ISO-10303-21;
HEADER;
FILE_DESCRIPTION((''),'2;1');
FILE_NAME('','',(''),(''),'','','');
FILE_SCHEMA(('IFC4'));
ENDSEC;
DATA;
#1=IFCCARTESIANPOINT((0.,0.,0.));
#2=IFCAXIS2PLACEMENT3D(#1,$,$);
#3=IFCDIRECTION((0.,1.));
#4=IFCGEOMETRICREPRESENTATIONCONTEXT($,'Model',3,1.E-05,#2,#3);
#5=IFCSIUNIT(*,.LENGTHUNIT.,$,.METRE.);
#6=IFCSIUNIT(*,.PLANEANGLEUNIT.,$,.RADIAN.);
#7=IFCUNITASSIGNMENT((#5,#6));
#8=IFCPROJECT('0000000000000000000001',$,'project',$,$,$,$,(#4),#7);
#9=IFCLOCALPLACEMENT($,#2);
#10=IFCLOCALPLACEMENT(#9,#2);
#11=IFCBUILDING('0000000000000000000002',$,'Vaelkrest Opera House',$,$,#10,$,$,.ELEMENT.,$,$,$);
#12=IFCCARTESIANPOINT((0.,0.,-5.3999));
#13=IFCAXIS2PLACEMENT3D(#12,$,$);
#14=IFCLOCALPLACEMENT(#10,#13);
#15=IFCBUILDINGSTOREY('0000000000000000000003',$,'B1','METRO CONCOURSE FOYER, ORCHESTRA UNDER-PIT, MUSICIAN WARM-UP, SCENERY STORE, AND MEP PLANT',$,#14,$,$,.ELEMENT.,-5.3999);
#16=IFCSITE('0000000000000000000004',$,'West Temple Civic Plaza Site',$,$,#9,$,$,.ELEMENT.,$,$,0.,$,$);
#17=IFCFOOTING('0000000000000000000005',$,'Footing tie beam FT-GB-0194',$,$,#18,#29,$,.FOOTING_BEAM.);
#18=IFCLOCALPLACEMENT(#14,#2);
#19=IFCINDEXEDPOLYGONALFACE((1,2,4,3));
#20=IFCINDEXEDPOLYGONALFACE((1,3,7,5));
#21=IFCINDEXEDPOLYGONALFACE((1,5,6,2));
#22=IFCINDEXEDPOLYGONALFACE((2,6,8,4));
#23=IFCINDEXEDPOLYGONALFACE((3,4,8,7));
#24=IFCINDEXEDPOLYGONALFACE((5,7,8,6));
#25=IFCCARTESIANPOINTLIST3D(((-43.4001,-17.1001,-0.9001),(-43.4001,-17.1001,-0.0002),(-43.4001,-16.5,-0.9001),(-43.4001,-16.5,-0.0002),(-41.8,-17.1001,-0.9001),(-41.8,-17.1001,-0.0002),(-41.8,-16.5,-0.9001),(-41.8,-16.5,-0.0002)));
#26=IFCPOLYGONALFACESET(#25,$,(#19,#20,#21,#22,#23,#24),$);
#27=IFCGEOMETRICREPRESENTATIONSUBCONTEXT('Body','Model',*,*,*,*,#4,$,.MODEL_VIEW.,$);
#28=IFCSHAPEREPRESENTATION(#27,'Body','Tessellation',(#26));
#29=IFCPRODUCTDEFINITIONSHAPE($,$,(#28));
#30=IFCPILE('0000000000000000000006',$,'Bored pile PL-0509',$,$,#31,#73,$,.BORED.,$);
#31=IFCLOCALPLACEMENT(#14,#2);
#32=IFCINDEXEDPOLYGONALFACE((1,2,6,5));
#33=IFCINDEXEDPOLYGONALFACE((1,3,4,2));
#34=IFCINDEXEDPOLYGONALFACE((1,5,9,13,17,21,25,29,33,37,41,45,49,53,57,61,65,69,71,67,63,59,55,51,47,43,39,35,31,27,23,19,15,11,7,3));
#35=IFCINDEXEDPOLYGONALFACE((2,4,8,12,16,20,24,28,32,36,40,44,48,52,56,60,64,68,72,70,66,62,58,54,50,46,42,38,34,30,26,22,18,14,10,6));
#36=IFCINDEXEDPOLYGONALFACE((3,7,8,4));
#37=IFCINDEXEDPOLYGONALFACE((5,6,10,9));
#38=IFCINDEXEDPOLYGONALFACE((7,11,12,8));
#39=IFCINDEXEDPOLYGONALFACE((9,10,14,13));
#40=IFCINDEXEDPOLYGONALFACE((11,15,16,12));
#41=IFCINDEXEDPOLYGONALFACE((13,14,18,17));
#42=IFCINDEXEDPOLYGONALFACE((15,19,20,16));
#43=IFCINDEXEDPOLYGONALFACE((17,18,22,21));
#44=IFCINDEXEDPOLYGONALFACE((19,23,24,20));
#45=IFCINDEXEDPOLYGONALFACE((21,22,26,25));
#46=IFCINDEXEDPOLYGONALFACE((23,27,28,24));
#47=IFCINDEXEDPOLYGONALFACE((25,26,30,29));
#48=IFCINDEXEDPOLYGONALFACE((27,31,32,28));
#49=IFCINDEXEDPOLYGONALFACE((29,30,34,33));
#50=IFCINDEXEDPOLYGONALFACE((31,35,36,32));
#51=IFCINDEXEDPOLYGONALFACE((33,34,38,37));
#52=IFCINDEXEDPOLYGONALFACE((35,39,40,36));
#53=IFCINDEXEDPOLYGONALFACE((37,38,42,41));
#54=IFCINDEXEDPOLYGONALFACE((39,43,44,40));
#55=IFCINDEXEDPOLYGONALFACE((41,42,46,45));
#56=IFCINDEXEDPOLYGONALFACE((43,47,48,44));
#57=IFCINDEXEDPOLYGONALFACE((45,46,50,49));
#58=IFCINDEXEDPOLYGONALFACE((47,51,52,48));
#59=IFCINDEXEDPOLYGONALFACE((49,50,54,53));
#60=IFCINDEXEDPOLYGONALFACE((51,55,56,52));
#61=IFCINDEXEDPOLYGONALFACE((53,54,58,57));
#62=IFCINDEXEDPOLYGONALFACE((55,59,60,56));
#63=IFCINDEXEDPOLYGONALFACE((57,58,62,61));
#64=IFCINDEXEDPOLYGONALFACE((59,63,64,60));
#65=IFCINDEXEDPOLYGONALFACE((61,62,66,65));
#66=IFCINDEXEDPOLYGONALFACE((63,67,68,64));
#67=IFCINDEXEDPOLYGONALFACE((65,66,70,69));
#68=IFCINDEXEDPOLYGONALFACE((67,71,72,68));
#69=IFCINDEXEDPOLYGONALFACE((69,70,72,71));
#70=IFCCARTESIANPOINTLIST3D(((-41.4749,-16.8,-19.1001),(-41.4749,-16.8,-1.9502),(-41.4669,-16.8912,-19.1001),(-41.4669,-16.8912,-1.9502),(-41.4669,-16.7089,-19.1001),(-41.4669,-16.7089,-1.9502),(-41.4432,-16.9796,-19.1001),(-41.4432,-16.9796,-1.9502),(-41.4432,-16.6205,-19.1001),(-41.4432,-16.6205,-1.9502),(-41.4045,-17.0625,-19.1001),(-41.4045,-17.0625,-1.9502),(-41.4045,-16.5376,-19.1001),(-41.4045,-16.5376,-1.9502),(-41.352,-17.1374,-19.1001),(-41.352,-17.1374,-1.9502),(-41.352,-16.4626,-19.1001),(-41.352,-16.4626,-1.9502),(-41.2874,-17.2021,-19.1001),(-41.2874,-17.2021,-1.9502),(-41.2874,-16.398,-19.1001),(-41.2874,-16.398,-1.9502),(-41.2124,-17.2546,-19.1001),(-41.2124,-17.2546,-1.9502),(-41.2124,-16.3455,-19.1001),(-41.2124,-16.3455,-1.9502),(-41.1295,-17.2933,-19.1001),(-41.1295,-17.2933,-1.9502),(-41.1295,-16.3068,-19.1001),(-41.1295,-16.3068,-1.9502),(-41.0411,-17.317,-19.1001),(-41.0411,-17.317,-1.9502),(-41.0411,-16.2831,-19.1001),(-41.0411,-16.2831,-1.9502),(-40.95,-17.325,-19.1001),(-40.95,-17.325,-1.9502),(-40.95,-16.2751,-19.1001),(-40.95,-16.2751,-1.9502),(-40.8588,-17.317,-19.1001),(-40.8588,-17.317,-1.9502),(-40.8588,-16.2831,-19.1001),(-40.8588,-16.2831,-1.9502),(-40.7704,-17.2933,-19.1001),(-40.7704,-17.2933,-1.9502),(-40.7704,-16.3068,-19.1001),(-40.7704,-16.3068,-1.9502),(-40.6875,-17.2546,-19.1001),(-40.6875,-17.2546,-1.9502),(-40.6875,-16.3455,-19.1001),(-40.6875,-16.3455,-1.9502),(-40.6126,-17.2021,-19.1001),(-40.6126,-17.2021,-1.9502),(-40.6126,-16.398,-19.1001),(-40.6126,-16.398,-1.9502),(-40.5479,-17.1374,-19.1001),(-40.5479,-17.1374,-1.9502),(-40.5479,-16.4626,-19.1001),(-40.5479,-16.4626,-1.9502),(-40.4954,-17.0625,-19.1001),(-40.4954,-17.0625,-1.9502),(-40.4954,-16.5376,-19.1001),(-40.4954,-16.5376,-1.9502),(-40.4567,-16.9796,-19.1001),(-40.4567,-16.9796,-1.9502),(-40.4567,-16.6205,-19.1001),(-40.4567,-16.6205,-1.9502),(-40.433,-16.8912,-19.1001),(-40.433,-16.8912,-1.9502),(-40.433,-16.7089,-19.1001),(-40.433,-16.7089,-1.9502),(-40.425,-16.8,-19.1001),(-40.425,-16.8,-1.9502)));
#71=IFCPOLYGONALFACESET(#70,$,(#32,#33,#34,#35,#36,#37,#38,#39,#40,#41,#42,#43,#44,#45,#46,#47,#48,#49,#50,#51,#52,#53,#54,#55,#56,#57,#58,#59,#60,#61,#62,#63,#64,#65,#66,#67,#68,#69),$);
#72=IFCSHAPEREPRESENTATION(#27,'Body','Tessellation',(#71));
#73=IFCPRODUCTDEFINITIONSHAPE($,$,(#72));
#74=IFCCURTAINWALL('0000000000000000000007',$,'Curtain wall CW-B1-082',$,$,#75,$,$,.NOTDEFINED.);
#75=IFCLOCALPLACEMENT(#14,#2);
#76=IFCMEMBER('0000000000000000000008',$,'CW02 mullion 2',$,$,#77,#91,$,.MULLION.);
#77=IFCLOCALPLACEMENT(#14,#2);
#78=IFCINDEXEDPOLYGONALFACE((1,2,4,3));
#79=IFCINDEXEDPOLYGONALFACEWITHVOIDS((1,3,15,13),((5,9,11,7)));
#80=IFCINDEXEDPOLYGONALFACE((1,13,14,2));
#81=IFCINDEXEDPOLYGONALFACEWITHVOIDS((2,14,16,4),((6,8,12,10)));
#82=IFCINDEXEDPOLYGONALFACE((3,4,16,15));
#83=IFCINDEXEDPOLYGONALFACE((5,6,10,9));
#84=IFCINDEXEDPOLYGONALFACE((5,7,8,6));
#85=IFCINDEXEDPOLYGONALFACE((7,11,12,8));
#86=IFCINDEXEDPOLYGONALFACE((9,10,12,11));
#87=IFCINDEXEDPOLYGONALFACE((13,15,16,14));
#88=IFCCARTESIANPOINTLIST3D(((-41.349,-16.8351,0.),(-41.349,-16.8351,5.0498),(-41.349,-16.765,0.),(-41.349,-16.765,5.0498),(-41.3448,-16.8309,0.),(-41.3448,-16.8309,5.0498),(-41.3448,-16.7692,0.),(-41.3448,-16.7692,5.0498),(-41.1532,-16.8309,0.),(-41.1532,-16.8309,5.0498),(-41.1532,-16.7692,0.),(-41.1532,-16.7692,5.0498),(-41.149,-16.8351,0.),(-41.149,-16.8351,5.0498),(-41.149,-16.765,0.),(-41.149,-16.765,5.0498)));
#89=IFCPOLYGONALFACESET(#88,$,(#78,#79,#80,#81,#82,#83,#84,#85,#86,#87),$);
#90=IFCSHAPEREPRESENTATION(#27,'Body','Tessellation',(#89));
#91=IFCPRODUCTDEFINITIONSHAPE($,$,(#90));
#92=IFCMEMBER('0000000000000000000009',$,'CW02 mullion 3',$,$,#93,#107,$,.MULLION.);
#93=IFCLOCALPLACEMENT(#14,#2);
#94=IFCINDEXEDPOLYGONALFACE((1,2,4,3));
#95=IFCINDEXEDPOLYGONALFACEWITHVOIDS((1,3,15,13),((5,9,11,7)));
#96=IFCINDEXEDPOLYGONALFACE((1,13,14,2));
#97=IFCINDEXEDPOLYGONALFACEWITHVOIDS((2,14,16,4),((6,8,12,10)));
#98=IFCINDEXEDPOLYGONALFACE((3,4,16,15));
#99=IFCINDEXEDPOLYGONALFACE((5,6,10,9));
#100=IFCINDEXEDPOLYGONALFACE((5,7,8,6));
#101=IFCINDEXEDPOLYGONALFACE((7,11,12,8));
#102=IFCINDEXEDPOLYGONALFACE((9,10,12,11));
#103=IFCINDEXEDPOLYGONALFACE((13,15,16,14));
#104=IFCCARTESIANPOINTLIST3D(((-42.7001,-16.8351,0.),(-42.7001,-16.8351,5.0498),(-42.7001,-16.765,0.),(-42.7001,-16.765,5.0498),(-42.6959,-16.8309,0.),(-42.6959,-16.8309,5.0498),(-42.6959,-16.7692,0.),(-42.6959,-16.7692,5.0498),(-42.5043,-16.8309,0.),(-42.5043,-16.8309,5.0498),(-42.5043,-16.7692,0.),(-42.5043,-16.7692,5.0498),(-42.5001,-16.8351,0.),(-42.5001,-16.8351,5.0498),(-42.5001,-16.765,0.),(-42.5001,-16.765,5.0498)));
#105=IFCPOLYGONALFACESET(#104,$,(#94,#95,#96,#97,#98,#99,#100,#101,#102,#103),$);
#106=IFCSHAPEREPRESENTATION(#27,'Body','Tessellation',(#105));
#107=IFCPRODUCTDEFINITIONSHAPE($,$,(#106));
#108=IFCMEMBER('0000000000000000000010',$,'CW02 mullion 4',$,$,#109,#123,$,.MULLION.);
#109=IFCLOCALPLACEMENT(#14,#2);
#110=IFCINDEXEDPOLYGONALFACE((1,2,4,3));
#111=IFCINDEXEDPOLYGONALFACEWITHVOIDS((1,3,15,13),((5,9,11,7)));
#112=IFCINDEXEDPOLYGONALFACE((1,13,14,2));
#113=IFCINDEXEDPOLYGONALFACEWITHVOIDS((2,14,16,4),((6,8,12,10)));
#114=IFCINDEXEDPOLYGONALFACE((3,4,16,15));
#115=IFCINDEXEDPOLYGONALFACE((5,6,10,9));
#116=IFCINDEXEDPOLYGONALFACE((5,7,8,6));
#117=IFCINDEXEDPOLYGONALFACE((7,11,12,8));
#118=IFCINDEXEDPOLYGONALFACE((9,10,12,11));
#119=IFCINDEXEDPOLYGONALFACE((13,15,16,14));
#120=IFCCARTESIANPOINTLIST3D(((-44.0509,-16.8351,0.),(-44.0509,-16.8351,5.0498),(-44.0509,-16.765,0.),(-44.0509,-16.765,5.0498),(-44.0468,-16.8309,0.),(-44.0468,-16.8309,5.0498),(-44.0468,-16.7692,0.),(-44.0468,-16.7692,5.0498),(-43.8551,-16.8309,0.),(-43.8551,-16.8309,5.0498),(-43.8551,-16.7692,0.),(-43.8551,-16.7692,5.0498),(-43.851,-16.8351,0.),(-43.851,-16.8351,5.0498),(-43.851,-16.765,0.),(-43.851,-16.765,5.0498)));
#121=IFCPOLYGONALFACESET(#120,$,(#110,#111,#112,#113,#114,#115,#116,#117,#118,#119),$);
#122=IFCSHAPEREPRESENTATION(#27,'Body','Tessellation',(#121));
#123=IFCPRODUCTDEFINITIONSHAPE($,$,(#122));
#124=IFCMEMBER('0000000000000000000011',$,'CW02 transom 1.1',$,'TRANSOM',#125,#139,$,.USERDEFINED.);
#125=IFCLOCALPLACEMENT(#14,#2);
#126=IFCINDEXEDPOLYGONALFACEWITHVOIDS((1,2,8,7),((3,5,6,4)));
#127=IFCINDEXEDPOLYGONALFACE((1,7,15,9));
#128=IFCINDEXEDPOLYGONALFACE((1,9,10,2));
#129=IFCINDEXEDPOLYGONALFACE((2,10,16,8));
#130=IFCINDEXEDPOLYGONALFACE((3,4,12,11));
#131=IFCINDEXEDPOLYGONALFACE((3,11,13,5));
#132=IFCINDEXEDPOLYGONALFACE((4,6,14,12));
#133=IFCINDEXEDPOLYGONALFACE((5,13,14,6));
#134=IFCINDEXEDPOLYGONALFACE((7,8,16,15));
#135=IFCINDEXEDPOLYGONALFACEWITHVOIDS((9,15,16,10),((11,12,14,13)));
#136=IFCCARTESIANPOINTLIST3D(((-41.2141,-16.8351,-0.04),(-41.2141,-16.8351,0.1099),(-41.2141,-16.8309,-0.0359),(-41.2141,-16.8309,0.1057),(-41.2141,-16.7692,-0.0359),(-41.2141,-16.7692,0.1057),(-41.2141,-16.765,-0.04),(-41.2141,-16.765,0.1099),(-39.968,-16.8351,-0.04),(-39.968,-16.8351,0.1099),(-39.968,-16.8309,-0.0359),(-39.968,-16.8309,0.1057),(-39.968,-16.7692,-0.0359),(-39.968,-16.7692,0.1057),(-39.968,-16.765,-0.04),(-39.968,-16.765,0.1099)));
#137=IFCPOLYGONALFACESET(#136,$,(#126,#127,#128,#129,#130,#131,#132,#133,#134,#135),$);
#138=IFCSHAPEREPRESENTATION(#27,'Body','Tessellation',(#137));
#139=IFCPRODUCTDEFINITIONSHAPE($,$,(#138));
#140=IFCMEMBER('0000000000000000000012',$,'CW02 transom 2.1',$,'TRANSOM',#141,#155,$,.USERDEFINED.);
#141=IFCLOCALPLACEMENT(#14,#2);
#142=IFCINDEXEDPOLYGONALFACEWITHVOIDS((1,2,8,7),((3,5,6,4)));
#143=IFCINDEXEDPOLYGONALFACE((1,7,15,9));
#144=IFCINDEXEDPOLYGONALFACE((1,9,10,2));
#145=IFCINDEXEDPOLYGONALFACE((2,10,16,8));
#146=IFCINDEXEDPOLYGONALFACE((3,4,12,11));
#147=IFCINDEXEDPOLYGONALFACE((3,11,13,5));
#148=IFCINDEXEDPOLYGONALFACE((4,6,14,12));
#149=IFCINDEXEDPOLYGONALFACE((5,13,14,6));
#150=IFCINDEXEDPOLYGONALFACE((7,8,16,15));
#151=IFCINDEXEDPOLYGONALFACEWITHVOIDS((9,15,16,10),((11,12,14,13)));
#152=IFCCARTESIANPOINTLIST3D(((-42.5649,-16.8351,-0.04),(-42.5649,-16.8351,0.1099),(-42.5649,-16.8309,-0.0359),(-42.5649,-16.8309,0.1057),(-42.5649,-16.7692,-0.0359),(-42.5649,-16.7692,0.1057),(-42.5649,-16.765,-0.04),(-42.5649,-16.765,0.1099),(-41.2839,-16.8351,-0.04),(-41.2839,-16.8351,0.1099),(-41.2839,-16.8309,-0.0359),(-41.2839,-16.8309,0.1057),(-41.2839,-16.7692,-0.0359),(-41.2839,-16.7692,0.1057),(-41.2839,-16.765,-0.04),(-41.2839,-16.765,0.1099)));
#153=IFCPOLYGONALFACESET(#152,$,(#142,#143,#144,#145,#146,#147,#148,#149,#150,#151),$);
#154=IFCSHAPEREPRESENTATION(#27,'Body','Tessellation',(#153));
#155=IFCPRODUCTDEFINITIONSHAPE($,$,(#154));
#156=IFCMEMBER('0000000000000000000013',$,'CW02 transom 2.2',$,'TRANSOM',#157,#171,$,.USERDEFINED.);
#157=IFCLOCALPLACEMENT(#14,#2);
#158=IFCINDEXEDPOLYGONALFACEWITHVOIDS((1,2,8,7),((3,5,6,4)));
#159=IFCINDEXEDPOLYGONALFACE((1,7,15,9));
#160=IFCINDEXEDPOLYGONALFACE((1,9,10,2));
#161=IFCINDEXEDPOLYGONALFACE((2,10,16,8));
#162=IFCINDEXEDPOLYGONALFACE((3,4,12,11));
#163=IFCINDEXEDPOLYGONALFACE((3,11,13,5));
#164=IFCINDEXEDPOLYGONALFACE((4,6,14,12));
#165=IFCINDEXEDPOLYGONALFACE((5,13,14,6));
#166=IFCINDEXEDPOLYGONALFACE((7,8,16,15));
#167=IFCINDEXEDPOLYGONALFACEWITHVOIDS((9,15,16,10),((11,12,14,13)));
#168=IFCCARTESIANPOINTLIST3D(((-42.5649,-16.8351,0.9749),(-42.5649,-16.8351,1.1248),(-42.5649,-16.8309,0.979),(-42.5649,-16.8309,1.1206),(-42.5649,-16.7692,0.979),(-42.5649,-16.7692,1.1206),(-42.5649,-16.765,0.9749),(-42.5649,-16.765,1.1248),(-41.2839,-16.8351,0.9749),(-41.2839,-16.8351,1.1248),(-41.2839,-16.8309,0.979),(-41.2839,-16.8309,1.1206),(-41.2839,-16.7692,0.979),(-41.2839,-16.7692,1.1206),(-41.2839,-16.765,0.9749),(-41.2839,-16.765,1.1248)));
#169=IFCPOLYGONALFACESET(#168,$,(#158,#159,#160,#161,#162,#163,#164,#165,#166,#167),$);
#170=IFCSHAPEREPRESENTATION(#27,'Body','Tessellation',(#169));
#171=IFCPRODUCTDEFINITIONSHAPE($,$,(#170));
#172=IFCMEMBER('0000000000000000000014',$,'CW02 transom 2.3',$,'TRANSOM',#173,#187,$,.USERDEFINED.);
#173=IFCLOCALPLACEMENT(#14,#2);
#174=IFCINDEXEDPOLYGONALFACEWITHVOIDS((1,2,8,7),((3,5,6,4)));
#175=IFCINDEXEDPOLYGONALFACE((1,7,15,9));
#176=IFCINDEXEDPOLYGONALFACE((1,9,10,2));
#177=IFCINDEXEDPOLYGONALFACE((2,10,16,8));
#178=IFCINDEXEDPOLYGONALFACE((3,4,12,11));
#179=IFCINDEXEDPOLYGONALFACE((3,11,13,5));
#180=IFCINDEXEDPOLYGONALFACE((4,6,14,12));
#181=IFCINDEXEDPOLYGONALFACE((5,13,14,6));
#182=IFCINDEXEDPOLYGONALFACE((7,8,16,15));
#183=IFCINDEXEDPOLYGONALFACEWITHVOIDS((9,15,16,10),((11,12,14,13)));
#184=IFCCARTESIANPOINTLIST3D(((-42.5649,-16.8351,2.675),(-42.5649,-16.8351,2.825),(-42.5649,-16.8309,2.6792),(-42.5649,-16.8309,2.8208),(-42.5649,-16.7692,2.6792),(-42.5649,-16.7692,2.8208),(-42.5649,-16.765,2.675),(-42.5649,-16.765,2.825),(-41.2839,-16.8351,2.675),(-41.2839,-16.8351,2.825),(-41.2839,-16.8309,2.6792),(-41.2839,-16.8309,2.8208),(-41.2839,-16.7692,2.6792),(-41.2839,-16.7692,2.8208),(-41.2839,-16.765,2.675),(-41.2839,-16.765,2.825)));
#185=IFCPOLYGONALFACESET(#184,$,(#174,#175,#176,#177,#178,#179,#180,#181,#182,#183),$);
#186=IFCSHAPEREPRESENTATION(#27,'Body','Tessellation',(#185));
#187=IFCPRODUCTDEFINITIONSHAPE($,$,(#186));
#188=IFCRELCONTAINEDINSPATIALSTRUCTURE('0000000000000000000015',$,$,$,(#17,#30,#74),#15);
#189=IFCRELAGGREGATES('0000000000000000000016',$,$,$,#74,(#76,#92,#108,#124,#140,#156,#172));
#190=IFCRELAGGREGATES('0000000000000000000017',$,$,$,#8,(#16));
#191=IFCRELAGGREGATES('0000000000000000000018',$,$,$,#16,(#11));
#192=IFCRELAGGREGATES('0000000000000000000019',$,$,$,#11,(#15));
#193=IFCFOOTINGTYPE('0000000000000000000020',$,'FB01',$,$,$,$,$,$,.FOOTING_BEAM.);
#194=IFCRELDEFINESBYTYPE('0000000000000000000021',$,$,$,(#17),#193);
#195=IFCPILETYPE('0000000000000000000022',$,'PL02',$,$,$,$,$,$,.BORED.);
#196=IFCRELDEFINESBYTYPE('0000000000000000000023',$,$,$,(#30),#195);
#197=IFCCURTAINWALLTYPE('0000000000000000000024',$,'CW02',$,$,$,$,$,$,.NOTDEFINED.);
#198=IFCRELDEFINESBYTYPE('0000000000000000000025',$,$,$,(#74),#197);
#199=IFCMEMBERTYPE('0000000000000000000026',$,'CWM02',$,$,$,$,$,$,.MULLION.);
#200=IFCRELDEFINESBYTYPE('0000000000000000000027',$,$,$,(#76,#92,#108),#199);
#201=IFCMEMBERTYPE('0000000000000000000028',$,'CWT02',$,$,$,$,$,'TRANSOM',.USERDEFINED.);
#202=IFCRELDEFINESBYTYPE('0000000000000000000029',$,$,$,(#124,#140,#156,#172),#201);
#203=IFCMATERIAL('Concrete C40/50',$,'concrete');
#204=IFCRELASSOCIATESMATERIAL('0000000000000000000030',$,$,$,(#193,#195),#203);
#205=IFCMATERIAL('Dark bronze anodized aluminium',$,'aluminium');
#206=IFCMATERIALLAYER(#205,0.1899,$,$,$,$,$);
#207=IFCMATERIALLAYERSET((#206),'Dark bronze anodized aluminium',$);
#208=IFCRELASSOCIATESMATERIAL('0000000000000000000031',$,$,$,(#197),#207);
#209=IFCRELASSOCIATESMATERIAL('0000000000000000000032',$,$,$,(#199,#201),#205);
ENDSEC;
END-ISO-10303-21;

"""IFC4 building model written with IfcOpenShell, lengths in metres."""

from ifc_helpers import new_model, si_unit, direction, frame, origin, origin_2d, place, context, subcontext, project, spatial, rectangle, hollow_rectangle, circle, extrude, material, layer, layer_set, material_profile, profile_set, type_object, element, aggregate, save


model = new_model("IFC4")

# Units and contexts
model_context = context("Model", 3, precision=1e-05, world=origin(), true_north=direction((0.0, 1.0)))
body_context = subcontext(model_context, "Body", "Model", "MODEL_VIEW")
ifc_project = project(units=[si_unit("LENGTHUNIT", "METRE"), si_unit("PLANEANGLEUNIT", "RADIAN")], contexts=[model_context])

# Site, building, storey
site_placement = place(None, origin())
site = spatial("IfcSite", under=ifc_project, at=site_placement, Name="West Temple Civic Plaza Site", CompositionType="ELEMENT", RefElevation=0.0)
building_placement = place(site_placement, origin())
building = spatial("IfcBuilding", under=site, at=building_placement, Name="Vaelkrest Opera House", CompositionType="ELEMENT")
storey_placement = place(building_placement, frame((0.0, 0.0, -5.3999)))
storey = spatial("IfcBuildingStorey", under=building, at=storey_placement, Name="B1", Description="METRO CONCOURSE FOYER, ORCHESTRA UNDER-PIT, MUSICIAN WARM-UP, SCENERY STORE, AND MEP PLANT", CompositionType="ELEMENT", Elevation=-5.3999)

# Footing
ifc_material_1 = material(Name="Concrete C40/50", Category="concrete")
footing_type = type_object("IfcFootingType", Name="FB01", PredefinedType="FOOTING_BEAM", material=ifc_material_1)
footing_placement = place(storey_placement, frame((-42.6001, -16.8, -0.9001), z_axis=(0.0, 0.0, 1.0), x_axis=(1.0, 0.0, 0.0)))
element("IfcFooting", 1, at=footing_placement, inside=storey, type_object=footing_type, Name="Footing tie beam FT-GB-0194", PredefinedType="FOOTING_BEAM", context=body_context, shape_type="SweptSolid", body=[
    extrude(rectangle(XDim=1.6001, YDim=0.6001, at=origin_2d()), origin(), (0.0, 0.0, 1.0), 0.8999),
])

# Pile
ifc_material_profile_1 = material_profile(ifc_material_1, circle(Radius=0.5249, at=origin_2d()), Name="PILE1050")
ifc_profile_set_1 = profile_set([ifc_material_profile_1], Name="Concrete C40/50")
pile_type = type_object("IfcPileType", Name="PL02", PredefinedType="BORED", material=ifc_profile_set_1)
pile_placement = place(storey_placement, frame((-40.95, -16.8, -1.9502), z_axis=(0.0, 0.0, -1.0), x_axis=(1.0, 0.0, 0.0)))
element("IfcPile", 2, at=pile_placement, inside=storey, type_object=pile_type, Name="Bored pile PL-0509", PredefinedType="BORED", context=body_context, shape_type="SweptSolid", body=[
    extrude(circle(Radius=0.5249, at=origin_2d()), origin(), (0.0, 0.0, 1.0), 17.1499),
])

# Curtain wall, members
ifc_material_2 = material(Name="Dark bronze anodized aluminium", Category="aluminium")
ifc_layer_1 = layer(ifc_material_2, 0.1899)
ifc_layer_set_1 = layer_set([ifc_layer_1], Name="Dark bronze anodized aluminium")
curtain_wall_type = type_object("IfcCurtainWallType", Name="CW02", PredefinedType="NOTDEFINED", material=ifc_layer_set_1)
curtain_wall_placement = place(storey_placement, origin())
curtain_wall = element("IfcCurtainWall", 3, at=curtain_wall_placement, inside=storey, type_object=curtain_wall_type, Name="Curtain wall CW-B1-082", PredefinedType="NOTDEFINED")
ifc_material_profile_2 = material_profile(ifc_material_2, hollow_rectangle(XDim=0.0701, YDim=0.2, WallThickness=0.0042, at=origin_2d()), Name="CWM70X200")
ifc_profile_set_2 = profile_set([ifc_material_profile_2], Name="Dark bronze anodized aluminium")
member_type_1 = type_object("IfcMemberType", Name="CWM02", PredefinedType="MULLION", material=ifc_profile_set_2)
member_1_placement = place(storey_placement, frame((-41.249, -16.8, 0.0), z_axis=(0.0, 0.0, 1.0), x_axis=(0.0, -1.0, 0.0)))
member_1 = element("IfcMember", 4, at=member_1_placement, type_object=member_type_1, Name="CW02 mullion 2", PredefinedType="MULLION", context=body_context, shape_type="SweptSolid", body=[
    extrude(hollow_rectangle(XDim=0.0701, YDim=0.2, WallThickness=0.0042, at=origin_2d()), origin(), (0.0, 0.0, 1.0), 5.0498),
])
member_2_placement = place(storey_placement, frame((-42.6001, -16.8, 0.0), z_axis=(0.0, 0.0, 1.0), x_axis=(0.0, -1.0, 0.0)))
member_2 = element("IfcMember", 5, at=member_2_placement, type_object=member_type_1, Name="CW02 mullion 3", PredefinedType="MULLION", context=body_context, shape_type="SweptSolid", body=[
    extrude(hollow_rectangle(XDim=0.0701, YDim=0.2, WallThickness=0.0042, at=origin_2d()), origin(), (0.0, 0.0, 1.0), 5.0498),
])
member_3_placement = place(storey_placement, frame((-43.9509, -16.8, 0.0), z_axis=(0.0, 0.0, 1.0), x_axis=(0.0, -1.0, 0.0)))
member_3 = element("IfcMember", 6, at=member_3_placement, type_object=member_type_1, Name="CW02 mullion 4", PredefinedType="MULLION", context=body_context, shape_type="SweptSolid", body=[
    extrude(hollow_rectangle(XDim=0.0701, YDim=0.2, WallThickness=0.0042, at=origin_2d()), origin(), (0.0, 0.0, 1.0), 5.0498),
])
ifc_material_profile_3 = material_profile(ifc_material_2, hollow_rectangle(XDim=0.0701, YDim=0.1499, WallThickness=0.0042, at=origin_2d()), Name="CWT70X150")
ifc_profile_set_3 = profile_set([ifc_material_profile_3], Name="Dark bronze anodized aluminium")
member_type_2 = type_object("IfcMemberType", Name="CWT02", ElementType="TRANSOM", PredefinedType="USERDEFINED", material=ifc_profile_set_3)
member_4_placement = place(storey_placement, frame((-39.968, -16.8, 0.0349), z_axis=(-1.0, 0.0, 0.0), x_axis=(0.0, -1.0, 0.0)))
member_4 = element("IfcMember", 7, at=member_4_placement, type_object=member_type_2, Name="CW02 transom 1.1", ObjectType="TRANSOM", PredefinedType="USERDEFINED", context=body_context, shape_type="SweptSolid", body=[
    extrude(hollow_rectangle(XDim=0.0701, YDim=0.1499, WallThickness=0.0042, at=origin_2d()), origin(), (0.0, 0.0, 1.0), 1.2461),
])
member_5_placement = place(storey_placement, frame((-41.2839, -16.8, 0.0349), z_axis=(-1.0, 0.0, 0.0), x_axis=(0.0, -1.0, 0.0)))
member_5 = element("IfcMember", 8, at=member_5_placement, type_object=member_type_2, Name="CW02 transom 2.1", ObjectType="TRANSOM", PredefinedType="USERDEFINED", context=body_context, shape_type="SweptSolid", body=[
    extrude(hollow_rectangle(XDim=0.0701, YDim=0.1499, WallThickness=0.0042, at=origin_2d()), origin(), (0.0, 0.0, 1.0), 1.281),
])
member_6_placement = place(storey_placement, frame((-41.2839, -16.8, 1.0498), z_axis=(-1.0, 0.0, 0.0), x_axis=(0.0, -1.0, 0.0)))
member_6 = element("IfcMember", 9, at=member_6_placement, type_object=member_type_2, Name="CW02 transom 2.2", ObjectType="TRANSOM", PredefinedType="USERDEFINED", context=body_context, shape_type="SweptSolid", body=[
    extrude(hollow_rectangle(XDim=0.0701, YDim=0.1499, WallThickness=0.0042, at=origin_2d()), origin(), (0.0, 0.0, 1.0), 1.281),
])
member_7_placement = place(storey_placement, frame((-41.2839, -16.8, 2.75), z_axis=(-1.0, 0.0, 0.0), x_axis=(0.0, -1.0, 0.0)))
member_7 = element("IfcMember", 10, at=member_7_placement, type_object=member_type_2, Name="CW02 transom 2.3", ObjectType="TRANSOM", PredefinedType="USERDEFINED", context=body_context, shape_type="SweptSolid", body=[
    extrude(hollow_rectangle(XDim=0.0701, YDim=0.1499, WallThickness=0.0042, at=origin_2d()), origin(), (0.0, 0.0, 1.0), 1.281),
])
aggregate(curtain_wall, [member_1, member_2, member_3, member_4, member_5, member_6, member_7])

save(model, "model.ifc")
